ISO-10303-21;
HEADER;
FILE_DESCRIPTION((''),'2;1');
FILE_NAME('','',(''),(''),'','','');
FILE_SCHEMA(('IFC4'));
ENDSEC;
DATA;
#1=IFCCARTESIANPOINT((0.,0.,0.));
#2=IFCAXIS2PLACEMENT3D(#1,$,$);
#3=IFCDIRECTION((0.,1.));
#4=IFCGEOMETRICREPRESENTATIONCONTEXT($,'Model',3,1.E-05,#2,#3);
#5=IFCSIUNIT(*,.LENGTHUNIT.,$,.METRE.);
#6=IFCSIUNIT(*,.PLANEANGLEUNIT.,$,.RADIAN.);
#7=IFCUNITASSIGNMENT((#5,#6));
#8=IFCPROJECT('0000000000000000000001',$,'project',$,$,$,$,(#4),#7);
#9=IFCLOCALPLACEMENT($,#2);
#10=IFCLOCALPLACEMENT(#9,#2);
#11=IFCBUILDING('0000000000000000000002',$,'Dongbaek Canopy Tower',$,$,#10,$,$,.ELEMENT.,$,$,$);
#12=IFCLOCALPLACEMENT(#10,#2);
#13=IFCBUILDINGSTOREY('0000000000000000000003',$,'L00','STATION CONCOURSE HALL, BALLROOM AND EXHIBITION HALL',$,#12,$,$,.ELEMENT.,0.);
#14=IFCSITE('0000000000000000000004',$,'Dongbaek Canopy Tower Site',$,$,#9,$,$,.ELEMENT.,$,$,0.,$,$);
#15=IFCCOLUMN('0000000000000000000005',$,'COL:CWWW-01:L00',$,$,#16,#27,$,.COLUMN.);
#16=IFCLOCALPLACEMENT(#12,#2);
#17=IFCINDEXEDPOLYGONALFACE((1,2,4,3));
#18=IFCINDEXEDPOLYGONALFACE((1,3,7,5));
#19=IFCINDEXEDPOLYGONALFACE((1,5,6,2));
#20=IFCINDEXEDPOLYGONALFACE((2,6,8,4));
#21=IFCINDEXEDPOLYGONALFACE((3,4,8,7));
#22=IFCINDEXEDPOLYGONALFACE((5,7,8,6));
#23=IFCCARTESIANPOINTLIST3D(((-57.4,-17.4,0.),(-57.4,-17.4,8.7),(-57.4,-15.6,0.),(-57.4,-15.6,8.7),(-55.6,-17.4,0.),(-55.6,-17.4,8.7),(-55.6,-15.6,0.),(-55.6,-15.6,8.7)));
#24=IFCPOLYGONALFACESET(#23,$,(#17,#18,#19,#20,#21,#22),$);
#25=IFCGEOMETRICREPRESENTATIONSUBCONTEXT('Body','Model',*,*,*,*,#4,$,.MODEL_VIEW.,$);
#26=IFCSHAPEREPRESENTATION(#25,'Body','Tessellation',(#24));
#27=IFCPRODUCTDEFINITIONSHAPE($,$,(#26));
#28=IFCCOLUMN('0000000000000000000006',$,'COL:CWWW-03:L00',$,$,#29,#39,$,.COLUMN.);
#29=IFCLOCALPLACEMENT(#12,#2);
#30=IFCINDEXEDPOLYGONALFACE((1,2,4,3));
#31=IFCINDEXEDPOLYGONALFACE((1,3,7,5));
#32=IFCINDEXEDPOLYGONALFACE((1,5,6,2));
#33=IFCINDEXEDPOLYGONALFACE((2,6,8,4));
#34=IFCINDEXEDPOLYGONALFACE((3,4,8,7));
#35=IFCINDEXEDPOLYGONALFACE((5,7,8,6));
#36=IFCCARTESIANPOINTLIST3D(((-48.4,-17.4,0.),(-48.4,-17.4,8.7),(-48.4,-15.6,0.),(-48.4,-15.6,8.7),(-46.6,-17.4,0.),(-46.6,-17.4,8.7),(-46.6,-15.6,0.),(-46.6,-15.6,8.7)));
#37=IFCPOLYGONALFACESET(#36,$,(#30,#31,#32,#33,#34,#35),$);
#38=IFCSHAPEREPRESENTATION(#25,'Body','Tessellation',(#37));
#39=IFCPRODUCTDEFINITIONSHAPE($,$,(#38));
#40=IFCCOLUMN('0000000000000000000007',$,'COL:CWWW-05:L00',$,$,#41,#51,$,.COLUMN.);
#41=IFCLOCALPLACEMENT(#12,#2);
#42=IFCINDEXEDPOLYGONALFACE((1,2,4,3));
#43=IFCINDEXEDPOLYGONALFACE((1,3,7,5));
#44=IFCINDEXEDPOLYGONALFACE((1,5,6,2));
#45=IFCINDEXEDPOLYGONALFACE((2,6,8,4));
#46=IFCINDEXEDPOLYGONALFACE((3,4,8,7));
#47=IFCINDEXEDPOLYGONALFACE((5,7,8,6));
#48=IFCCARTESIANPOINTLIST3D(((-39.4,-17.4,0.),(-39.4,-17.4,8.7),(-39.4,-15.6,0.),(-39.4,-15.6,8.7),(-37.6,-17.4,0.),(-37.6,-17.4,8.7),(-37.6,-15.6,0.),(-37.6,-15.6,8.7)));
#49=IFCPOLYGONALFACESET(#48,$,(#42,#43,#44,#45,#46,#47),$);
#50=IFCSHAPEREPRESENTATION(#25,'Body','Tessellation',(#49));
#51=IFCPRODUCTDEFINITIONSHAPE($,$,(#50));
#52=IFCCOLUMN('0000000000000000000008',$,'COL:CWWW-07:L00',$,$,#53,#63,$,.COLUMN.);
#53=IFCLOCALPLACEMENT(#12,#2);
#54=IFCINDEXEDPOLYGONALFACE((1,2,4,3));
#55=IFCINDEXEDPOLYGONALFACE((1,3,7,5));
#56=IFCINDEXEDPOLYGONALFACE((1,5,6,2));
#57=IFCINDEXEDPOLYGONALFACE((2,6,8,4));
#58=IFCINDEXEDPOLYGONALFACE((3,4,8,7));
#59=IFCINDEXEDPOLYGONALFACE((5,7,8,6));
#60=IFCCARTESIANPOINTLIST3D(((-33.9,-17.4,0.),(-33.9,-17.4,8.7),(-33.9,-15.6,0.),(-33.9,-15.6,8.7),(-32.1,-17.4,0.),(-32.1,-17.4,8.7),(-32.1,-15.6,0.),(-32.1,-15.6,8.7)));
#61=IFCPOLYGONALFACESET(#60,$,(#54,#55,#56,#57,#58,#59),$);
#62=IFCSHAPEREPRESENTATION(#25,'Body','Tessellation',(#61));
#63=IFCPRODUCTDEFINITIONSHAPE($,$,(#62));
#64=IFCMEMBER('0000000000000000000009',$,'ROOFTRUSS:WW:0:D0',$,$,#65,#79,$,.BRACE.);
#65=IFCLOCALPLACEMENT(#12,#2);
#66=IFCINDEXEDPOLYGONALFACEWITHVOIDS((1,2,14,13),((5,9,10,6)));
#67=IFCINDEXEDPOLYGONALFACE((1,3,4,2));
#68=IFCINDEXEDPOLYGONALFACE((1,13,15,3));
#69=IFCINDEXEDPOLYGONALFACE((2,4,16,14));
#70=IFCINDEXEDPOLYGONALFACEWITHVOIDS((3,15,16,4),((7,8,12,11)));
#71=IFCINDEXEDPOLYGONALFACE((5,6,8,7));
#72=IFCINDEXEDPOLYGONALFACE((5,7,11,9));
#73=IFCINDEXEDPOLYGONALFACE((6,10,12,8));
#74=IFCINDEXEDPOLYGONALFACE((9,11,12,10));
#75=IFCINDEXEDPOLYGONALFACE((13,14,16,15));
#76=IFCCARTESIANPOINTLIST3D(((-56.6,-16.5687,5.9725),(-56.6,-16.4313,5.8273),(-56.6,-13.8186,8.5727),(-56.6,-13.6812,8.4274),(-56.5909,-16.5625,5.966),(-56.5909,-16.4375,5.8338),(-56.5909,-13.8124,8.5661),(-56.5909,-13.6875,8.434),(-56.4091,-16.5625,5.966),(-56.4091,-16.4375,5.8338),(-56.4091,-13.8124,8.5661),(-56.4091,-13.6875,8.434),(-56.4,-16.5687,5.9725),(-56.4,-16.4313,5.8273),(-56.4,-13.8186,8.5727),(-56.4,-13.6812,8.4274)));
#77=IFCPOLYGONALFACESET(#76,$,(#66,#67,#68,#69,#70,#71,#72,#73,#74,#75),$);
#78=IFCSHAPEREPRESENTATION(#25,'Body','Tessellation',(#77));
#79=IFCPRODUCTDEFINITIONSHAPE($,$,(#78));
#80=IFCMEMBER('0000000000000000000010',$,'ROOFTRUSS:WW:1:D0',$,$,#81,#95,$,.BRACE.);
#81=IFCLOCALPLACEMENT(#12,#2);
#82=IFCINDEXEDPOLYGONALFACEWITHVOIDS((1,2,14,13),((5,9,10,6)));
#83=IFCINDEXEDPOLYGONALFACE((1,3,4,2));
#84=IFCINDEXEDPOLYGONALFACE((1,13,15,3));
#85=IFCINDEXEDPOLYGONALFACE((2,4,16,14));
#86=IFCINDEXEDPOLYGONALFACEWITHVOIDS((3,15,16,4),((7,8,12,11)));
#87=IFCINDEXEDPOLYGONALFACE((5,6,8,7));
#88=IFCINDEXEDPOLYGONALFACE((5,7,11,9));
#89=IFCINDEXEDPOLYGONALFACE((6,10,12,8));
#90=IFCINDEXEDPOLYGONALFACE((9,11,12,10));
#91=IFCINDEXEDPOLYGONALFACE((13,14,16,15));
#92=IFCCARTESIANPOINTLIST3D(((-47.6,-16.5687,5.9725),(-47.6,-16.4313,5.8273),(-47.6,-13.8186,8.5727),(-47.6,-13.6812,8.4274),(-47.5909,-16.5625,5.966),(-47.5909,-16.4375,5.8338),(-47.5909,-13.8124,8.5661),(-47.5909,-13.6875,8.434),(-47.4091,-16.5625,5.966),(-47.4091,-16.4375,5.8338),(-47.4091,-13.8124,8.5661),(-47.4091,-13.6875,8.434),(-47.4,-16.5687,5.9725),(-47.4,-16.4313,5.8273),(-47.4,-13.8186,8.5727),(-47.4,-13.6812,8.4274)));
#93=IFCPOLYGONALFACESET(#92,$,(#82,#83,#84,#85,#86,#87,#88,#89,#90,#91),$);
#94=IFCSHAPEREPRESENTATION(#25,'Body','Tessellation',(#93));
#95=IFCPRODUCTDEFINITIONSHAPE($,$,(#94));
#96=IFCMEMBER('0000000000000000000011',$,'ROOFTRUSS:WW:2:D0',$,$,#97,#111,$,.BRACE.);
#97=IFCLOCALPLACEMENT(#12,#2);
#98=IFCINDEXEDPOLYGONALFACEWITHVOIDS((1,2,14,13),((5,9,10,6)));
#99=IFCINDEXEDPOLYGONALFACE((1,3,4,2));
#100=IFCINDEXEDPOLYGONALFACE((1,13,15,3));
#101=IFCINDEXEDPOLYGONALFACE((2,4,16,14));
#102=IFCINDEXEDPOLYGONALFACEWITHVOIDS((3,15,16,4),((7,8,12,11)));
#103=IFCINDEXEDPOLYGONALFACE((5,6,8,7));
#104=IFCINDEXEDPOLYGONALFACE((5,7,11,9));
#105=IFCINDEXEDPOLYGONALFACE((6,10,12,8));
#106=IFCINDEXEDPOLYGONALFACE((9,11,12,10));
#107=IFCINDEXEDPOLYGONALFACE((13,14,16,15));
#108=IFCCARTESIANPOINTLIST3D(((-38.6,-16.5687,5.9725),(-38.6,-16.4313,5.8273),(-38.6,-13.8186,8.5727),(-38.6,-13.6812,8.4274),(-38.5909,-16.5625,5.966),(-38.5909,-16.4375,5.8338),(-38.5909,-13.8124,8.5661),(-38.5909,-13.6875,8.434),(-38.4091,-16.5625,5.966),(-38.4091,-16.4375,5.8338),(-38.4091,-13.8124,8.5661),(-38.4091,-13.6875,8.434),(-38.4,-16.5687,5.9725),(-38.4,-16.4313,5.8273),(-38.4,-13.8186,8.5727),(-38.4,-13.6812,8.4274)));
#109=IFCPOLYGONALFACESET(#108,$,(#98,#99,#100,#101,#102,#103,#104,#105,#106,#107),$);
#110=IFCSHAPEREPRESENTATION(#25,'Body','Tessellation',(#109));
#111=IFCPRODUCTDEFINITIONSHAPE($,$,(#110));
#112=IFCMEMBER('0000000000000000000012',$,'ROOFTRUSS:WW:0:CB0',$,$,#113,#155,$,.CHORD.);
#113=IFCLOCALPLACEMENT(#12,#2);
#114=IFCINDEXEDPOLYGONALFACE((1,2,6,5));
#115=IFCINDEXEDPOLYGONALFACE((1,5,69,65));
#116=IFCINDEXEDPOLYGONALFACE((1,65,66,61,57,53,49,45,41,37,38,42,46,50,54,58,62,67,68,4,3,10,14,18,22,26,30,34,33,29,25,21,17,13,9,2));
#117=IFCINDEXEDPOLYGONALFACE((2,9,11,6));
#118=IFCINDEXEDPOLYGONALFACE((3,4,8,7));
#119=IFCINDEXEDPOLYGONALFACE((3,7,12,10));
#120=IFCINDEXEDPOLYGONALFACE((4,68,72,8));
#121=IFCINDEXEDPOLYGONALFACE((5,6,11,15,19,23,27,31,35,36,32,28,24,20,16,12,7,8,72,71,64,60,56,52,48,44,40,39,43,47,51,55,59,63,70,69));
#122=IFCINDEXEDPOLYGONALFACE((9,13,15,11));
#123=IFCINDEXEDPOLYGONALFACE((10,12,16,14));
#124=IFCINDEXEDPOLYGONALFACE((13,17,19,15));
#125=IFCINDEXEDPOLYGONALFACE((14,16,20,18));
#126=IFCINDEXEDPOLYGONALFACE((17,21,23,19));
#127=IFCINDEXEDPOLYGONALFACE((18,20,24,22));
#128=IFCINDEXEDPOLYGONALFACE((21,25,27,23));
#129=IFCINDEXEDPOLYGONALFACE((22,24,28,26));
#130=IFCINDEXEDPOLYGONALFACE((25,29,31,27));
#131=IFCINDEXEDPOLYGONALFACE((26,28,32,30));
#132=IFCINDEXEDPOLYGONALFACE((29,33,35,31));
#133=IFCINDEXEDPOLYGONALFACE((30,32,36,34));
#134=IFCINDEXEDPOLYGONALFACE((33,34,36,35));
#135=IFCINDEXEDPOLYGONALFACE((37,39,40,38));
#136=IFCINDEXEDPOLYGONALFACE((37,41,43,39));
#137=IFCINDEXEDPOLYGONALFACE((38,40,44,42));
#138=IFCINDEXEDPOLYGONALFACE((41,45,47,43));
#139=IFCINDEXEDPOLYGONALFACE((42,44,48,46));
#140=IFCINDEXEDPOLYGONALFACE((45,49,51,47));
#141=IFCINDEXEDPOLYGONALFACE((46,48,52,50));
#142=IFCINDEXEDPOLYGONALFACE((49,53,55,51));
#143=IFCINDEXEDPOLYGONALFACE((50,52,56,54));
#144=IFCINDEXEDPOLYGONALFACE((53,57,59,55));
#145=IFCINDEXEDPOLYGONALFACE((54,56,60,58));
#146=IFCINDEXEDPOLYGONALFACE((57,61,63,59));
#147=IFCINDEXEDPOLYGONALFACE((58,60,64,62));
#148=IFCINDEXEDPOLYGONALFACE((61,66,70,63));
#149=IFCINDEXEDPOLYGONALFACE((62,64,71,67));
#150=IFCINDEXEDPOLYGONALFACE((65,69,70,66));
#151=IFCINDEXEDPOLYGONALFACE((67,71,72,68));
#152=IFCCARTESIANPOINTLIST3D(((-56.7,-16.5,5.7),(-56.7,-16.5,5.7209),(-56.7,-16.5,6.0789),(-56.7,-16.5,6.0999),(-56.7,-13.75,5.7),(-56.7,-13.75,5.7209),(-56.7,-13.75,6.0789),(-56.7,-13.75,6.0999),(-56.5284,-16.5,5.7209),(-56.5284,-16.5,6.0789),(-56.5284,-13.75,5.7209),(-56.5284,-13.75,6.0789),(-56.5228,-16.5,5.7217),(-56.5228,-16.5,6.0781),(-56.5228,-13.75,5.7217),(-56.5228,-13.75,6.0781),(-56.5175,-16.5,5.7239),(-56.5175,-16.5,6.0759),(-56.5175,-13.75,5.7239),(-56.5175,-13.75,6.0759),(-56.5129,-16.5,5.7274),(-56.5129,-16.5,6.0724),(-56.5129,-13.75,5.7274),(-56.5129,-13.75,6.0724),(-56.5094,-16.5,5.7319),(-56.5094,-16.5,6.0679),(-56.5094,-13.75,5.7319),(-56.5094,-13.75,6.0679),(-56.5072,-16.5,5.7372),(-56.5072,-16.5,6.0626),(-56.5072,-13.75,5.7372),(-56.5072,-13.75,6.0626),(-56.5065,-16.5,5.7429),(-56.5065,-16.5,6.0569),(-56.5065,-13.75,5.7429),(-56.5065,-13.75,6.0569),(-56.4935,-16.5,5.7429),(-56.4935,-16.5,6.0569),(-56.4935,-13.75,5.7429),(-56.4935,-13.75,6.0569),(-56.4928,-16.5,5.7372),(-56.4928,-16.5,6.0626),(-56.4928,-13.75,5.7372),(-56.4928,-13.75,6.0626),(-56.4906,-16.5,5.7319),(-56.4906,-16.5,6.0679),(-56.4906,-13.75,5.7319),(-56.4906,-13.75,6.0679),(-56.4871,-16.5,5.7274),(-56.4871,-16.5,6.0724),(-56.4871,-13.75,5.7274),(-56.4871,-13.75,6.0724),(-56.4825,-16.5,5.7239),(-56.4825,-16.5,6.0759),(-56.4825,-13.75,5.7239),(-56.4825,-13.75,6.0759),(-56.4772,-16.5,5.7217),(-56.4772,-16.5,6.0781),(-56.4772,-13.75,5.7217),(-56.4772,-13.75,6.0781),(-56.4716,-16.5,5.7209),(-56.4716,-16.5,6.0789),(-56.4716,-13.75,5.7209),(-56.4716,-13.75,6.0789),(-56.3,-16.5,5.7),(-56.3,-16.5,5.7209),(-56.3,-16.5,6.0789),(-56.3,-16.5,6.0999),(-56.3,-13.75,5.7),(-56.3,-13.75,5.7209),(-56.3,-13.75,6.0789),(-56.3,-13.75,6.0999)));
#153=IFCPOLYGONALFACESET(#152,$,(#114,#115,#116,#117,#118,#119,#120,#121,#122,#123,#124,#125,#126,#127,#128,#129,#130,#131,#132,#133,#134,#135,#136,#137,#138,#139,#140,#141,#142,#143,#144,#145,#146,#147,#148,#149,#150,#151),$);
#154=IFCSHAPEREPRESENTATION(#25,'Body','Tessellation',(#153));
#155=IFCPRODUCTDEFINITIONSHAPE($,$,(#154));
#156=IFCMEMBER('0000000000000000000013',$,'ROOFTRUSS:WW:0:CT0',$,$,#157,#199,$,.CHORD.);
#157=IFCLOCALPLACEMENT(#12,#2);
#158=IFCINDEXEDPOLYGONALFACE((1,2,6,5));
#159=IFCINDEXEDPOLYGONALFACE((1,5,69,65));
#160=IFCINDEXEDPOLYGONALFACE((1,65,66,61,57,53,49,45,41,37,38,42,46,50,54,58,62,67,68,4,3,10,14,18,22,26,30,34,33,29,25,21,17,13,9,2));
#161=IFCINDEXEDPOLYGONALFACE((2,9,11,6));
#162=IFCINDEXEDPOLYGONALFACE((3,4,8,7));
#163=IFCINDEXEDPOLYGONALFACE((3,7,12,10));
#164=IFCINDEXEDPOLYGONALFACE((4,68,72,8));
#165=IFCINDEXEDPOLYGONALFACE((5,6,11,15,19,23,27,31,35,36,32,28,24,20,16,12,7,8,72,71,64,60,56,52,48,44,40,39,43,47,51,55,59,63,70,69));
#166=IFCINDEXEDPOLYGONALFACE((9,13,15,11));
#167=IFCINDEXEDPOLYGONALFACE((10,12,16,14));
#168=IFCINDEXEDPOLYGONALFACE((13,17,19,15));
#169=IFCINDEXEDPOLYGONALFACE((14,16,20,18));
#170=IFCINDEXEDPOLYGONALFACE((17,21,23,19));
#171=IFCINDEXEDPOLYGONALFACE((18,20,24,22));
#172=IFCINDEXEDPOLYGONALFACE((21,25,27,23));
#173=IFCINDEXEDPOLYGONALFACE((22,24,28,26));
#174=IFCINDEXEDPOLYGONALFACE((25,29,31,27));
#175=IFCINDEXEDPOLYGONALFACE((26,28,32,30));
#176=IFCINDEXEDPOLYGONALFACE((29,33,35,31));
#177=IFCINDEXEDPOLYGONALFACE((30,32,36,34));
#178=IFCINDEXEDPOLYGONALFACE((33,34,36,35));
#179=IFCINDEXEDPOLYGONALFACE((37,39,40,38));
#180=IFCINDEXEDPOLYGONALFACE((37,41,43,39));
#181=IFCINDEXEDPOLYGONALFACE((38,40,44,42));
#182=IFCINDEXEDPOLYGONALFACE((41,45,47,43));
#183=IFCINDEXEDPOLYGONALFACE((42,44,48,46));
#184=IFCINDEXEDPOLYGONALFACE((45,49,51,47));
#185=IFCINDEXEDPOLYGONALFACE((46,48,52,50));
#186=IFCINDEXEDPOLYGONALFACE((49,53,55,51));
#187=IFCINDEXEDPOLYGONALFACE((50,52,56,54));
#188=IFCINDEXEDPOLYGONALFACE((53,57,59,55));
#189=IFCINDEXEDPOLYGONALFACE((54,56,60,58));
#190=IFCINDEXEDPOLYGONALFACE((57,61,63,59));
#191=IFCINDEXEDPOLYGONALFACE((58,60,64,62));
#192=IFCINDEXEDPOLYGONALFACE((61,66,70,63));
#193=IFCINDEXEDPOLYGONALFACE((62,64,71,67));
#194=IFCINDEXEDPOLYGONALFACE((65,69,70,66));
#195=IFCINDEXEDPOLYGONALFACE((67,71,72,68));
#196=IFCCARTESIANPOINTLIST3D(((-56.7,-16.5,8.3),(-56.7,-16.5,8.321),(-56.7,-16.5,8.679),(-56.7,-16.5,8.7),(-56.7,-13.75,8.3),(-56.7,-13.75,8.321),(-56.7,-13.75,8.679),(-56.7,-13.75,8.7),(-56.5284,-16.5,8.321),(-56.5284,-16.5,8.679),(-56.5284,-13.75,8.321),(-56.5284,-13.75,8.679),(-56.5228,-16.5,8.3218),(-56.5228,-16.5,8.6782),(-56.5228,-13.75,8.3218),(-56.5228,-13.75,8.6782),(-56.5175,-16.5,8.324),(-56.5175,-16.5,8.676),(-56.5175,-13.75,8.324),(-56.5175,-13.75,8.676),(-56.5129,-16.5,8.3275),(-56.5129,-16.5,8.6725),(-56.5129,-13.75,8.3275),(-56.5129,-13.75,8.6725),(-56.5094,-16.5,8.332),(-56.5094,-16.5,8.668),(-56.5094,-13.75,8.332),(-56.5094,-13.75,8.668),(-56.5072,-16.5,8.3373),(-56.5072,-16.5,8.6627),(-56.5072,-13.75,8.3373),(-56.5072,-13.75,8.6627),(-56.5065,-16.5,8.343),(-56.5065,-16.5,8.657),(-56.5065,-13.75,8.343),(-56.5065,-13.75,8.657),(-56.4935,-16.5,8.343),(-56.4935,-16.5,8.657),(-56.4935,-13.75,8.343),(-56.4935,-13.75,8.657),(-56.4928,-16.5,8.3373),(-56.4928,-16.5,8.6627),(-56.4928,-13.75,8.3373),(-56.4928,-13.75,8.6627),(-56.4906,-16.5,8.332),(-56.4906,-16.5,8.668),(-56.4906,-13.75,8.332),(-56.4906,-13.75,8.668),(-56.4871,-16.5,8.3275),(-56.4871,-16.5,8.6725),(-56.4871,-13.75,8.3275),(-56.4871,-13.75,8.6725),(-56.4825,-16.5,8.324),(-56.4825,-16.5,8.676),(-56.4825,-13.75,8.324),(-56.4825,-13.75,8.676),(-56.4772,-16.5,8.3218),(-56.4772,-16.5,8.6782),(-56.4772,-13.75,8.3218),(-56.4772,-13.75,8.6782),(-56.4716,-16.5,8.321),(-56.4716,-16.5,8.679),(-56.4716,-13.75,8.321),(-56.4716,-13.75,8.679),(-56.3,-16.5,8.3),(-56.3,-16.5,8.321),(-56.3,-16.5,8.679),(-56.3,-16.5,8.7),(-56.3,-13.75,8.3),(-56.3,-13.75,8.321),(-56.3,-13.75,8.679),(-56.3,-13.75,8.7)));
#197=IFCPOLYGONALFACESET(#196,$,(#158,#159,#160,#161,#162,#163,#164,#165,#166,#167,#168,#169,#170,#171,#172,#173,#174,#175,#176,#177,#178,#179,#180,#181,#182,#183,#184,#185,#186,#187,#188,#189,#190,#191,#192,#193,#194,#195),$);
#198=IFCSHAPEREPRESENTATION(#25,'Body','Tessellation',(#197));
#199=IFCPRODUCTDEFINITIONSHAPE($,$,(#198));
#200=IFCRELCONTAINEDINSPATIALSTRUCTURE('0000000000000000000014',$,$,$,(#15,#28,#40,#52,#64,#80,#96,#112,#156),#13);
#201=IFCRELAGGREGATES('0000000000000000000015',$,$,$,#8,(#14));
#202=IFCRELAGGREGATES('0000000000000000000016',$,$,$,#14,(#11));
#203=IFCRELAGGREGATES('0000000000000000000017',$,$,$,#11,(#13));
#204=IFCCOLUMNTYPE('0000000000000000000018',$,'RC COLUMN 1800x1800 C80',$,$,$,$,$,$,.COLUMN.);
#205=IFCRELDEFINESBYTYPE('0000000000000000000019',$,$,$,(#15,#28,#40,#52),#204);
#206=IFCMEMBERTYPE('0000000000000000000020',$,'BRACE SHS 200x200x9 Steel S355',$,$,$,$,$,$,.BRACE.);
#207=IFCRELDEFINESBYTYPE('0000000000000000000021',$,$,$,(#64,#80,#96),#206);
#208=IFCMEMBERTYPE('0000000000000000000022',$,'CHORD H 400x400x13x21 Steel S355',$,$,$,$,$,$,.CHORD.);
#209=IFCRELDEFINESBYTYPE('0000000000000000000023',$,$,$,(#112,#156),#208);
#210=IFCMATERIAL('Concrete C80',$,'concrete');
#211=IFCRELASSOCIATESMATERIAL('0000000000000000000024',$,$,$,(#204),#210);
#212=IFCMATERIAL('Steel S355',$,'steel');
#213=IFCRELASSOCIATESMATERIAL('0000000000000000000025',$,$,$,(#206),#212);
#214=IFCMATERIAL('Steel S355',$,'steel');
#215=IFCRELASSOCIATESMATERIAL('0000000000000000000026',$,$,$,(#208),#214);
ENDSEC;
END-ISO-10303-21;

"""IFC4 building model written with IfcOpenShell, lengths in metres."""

from ifc_helpers import new_model, si_unit, direction, frame, origin, origin_2d, place, context, subcontext, project, spatial, rectangle, hollow_rectangle, i_section, extrude, material, material_profile, profile_set, type_object, element, save


model = new_model("IFC4")

# Units and contexts
model_context = context("Model", 3, precision=1e-05, world=origin(), true_north=direction((0.0, 1.0)))
body_context = subcontext(model_context, "Body", "Model", "MODEL_VIEW")
ifc_project = project(units=[si_unit("LENGTHUNIT", "METRE"), si_unit("PLANEANGLEUNIT", "RADIAN")], contexts=[model_context])

# Site, building, storey
site_placement = place(None, origin())
site = spatial("IfcSite", under=ifc_project, at=site_placement, Name="Dongbaek Canopy Tower Site", CompositionType="ELEMENT", RefElevation=0.0)
building_placement = place(site_placement, origin())
building = spatial("IfcBuilding", under=site, at=building_placement, Name="Dongbaek Canopy Tower", CompositionType="ELEMENT")
storey_placement = place(building_placement, origin())
storey = spatial("IfcBuildingStorey", under=building, at=storey_placement, Name="L00", Description="STATION CONCOURSE HALL, BALLROOM AND EXHIBITION HALL", CompositionType="ELEMENT", Elevation=0.0)

# Columns
ifc_material_1 = material(Name="Concrete C80", Category="concrete")
ifc_material_profile_1 = material_profile(ifc_material_1, rectangle(XDim=1.8, YDim=1.8, at=origin_2d()), Name="RC COLUMN 1800x1800 C80")
ifc_profile_set_1 = profile_set([ifc_material_profile_1], Name="Concrete C80")
column_type = type_object("IfcColumnType", Name="RC COLUMN 1800x1800 C80", PredefinedType="COLUMN", material=ifc_profile_set_1)
for number, where, z_axis, x_axis, name in (
    (1, (-56.5, -16.5, 0.0), (0.0, 0.0, 1.0), (1.0, 0.0, 0.0), "COL:CWWW-01:L00"),
    (2, (-47.5, -16.5, 0.0), (0.0, 0.0, 1.0), (1.0, 0.0, 0.0), "COL:CWWW-03:L00"),
    (3, (-38.5, -16.5, 0.0), (0.0, 0.0, 1.0), (1.0, 0.0, 0.0), "COL:CWWW-05:L00"),
    (4, (-33.0, -16.5, 0.0), (0.0, 0.0, 1.0), (1.0, 0.0, 0.0), "COL:CWWW-07:L00"),
):
    element("IfcColumn", number, at=place(storey_placement, frame(where, z_axis=z_axis, x_axis=x_axis)), inside=storey, type_object=column_type, Name=name, PredefinedType="COLUMN", context=body_context, shape_type="SweptSolid", body=[
        extrude(rectangle(XDim=1.8, YDim=1.8, at=origin_2d()), origin(), (0.0, 0.0, 1.0), 8.7),
    ])

# Members
ifc_material_2 = material(Name="Steel S355", Category="steel")
ifc_material_profile_2 = material_profile(ifc_material_2, hollow_rectangle(XDim=0.2, YDim=0.2, WallThickness=0.009, at=origin_2d()), Name="BRACE SHS 200x200x9 Steel S355")
ifc_profile_set_2 = profile_set([ifc_material_profile_2], Name="Steel S355")
member_type_1 = type_object("IfcMemberType", Name="BRACE SHS 200x200x9 Steel S355", PredefinedType="BRACE", material=ifc_profile_set_2)
for number, where, z_axis, x_axis, name in (
    (5, (-56.5, -16.5, 5.8999), (0.0, 0.726634, 0.687025), (-1.0, 0.0, 0.0), "ROOFTRUSS:WW:0:D0"),
    (6, (-47.5, -16.5, 5.8999), (0.0, 0.726634, 0.687025), (-1.0, 0.0, 0.0), "ROOFTRUSS:WW:1:D0"),
    (7, (-38.5, -16.5, 5.8999), (0.0, 0.726634, 0.687025), (-1.0, 0.0, 0.0), "ROOFTRUSS:WW:2:D0"),
):
    element("IfcMember", number, at=place(storey_placement, frame(where, z_axis=z_axis, x_axis=x_axis)), inside=storey, type_object=member_type_1, Name=name, PredefinedType="BRACE", context=body_context, shape_type="SweptSolid", body=[
        extrude(hollow_rectangle(XDim=0.2, YDim=0.2, WallThickness=0.009, at=origin_2d()), origin(), (0.0, 0.0, 1.0), 3.7847),
    ])
ifc_material_3 = material(Name="Steel S355", Category="steel")
ifc_material_profile_3 = material_profile(ifc_material_3, i_section(OverallWidth=0.3999, OverallDepth=0.3999, WebThickness=0.0129, FlangeThickness=0.021, FilletRadius=0.022, at=origin_2d()), Name="CHORD H 400x400x13x21 Steel S355")
ifc_profile_set_3 = profile_set([ifc_material_profile_3], Name="Steel S355")
member_type_2 = type_object("IfcMemberType", Name="CHORD H 400x400x13x21 Steel S355", PredefinedType="CHORD", material=ifc_profile_set_3)
for number, where, z_axis, x_axis, name in (
    (8, (-56.5, -16.5, 5.8999), (0.0, 1.0, 0.0), (-1.0, 0.0, 0.0), "ROOFTRUSS:WW:0:CB0"),
    (9, (-56.5, -16.5, 8.5), (0.0, 1.0, 0.0), (-1.0, 0.0, 0.0), "ROOFTRUSS:WW:0:CT0"),
):
    element("IfcMember", number, at=place(storey_placement, frame(where, z_axis=z_axis, x_axis=x_axis)), inside=storey, type_object=member_type_2, Name=name, PredefinedType="CHORD", context=body_context, shape_type="SweptSolid", body=[
        extrude(i_section(OverallWidth=0.3999, OverallDepth=0.3999, WebThickness=0.0129, FlangeThickness=0.021, FilletRadius=0.022, at=origin_2d()), origin(), (0.0, 0.0, 1.0), 2.75),
    ])

save(model, "model.ifc")
